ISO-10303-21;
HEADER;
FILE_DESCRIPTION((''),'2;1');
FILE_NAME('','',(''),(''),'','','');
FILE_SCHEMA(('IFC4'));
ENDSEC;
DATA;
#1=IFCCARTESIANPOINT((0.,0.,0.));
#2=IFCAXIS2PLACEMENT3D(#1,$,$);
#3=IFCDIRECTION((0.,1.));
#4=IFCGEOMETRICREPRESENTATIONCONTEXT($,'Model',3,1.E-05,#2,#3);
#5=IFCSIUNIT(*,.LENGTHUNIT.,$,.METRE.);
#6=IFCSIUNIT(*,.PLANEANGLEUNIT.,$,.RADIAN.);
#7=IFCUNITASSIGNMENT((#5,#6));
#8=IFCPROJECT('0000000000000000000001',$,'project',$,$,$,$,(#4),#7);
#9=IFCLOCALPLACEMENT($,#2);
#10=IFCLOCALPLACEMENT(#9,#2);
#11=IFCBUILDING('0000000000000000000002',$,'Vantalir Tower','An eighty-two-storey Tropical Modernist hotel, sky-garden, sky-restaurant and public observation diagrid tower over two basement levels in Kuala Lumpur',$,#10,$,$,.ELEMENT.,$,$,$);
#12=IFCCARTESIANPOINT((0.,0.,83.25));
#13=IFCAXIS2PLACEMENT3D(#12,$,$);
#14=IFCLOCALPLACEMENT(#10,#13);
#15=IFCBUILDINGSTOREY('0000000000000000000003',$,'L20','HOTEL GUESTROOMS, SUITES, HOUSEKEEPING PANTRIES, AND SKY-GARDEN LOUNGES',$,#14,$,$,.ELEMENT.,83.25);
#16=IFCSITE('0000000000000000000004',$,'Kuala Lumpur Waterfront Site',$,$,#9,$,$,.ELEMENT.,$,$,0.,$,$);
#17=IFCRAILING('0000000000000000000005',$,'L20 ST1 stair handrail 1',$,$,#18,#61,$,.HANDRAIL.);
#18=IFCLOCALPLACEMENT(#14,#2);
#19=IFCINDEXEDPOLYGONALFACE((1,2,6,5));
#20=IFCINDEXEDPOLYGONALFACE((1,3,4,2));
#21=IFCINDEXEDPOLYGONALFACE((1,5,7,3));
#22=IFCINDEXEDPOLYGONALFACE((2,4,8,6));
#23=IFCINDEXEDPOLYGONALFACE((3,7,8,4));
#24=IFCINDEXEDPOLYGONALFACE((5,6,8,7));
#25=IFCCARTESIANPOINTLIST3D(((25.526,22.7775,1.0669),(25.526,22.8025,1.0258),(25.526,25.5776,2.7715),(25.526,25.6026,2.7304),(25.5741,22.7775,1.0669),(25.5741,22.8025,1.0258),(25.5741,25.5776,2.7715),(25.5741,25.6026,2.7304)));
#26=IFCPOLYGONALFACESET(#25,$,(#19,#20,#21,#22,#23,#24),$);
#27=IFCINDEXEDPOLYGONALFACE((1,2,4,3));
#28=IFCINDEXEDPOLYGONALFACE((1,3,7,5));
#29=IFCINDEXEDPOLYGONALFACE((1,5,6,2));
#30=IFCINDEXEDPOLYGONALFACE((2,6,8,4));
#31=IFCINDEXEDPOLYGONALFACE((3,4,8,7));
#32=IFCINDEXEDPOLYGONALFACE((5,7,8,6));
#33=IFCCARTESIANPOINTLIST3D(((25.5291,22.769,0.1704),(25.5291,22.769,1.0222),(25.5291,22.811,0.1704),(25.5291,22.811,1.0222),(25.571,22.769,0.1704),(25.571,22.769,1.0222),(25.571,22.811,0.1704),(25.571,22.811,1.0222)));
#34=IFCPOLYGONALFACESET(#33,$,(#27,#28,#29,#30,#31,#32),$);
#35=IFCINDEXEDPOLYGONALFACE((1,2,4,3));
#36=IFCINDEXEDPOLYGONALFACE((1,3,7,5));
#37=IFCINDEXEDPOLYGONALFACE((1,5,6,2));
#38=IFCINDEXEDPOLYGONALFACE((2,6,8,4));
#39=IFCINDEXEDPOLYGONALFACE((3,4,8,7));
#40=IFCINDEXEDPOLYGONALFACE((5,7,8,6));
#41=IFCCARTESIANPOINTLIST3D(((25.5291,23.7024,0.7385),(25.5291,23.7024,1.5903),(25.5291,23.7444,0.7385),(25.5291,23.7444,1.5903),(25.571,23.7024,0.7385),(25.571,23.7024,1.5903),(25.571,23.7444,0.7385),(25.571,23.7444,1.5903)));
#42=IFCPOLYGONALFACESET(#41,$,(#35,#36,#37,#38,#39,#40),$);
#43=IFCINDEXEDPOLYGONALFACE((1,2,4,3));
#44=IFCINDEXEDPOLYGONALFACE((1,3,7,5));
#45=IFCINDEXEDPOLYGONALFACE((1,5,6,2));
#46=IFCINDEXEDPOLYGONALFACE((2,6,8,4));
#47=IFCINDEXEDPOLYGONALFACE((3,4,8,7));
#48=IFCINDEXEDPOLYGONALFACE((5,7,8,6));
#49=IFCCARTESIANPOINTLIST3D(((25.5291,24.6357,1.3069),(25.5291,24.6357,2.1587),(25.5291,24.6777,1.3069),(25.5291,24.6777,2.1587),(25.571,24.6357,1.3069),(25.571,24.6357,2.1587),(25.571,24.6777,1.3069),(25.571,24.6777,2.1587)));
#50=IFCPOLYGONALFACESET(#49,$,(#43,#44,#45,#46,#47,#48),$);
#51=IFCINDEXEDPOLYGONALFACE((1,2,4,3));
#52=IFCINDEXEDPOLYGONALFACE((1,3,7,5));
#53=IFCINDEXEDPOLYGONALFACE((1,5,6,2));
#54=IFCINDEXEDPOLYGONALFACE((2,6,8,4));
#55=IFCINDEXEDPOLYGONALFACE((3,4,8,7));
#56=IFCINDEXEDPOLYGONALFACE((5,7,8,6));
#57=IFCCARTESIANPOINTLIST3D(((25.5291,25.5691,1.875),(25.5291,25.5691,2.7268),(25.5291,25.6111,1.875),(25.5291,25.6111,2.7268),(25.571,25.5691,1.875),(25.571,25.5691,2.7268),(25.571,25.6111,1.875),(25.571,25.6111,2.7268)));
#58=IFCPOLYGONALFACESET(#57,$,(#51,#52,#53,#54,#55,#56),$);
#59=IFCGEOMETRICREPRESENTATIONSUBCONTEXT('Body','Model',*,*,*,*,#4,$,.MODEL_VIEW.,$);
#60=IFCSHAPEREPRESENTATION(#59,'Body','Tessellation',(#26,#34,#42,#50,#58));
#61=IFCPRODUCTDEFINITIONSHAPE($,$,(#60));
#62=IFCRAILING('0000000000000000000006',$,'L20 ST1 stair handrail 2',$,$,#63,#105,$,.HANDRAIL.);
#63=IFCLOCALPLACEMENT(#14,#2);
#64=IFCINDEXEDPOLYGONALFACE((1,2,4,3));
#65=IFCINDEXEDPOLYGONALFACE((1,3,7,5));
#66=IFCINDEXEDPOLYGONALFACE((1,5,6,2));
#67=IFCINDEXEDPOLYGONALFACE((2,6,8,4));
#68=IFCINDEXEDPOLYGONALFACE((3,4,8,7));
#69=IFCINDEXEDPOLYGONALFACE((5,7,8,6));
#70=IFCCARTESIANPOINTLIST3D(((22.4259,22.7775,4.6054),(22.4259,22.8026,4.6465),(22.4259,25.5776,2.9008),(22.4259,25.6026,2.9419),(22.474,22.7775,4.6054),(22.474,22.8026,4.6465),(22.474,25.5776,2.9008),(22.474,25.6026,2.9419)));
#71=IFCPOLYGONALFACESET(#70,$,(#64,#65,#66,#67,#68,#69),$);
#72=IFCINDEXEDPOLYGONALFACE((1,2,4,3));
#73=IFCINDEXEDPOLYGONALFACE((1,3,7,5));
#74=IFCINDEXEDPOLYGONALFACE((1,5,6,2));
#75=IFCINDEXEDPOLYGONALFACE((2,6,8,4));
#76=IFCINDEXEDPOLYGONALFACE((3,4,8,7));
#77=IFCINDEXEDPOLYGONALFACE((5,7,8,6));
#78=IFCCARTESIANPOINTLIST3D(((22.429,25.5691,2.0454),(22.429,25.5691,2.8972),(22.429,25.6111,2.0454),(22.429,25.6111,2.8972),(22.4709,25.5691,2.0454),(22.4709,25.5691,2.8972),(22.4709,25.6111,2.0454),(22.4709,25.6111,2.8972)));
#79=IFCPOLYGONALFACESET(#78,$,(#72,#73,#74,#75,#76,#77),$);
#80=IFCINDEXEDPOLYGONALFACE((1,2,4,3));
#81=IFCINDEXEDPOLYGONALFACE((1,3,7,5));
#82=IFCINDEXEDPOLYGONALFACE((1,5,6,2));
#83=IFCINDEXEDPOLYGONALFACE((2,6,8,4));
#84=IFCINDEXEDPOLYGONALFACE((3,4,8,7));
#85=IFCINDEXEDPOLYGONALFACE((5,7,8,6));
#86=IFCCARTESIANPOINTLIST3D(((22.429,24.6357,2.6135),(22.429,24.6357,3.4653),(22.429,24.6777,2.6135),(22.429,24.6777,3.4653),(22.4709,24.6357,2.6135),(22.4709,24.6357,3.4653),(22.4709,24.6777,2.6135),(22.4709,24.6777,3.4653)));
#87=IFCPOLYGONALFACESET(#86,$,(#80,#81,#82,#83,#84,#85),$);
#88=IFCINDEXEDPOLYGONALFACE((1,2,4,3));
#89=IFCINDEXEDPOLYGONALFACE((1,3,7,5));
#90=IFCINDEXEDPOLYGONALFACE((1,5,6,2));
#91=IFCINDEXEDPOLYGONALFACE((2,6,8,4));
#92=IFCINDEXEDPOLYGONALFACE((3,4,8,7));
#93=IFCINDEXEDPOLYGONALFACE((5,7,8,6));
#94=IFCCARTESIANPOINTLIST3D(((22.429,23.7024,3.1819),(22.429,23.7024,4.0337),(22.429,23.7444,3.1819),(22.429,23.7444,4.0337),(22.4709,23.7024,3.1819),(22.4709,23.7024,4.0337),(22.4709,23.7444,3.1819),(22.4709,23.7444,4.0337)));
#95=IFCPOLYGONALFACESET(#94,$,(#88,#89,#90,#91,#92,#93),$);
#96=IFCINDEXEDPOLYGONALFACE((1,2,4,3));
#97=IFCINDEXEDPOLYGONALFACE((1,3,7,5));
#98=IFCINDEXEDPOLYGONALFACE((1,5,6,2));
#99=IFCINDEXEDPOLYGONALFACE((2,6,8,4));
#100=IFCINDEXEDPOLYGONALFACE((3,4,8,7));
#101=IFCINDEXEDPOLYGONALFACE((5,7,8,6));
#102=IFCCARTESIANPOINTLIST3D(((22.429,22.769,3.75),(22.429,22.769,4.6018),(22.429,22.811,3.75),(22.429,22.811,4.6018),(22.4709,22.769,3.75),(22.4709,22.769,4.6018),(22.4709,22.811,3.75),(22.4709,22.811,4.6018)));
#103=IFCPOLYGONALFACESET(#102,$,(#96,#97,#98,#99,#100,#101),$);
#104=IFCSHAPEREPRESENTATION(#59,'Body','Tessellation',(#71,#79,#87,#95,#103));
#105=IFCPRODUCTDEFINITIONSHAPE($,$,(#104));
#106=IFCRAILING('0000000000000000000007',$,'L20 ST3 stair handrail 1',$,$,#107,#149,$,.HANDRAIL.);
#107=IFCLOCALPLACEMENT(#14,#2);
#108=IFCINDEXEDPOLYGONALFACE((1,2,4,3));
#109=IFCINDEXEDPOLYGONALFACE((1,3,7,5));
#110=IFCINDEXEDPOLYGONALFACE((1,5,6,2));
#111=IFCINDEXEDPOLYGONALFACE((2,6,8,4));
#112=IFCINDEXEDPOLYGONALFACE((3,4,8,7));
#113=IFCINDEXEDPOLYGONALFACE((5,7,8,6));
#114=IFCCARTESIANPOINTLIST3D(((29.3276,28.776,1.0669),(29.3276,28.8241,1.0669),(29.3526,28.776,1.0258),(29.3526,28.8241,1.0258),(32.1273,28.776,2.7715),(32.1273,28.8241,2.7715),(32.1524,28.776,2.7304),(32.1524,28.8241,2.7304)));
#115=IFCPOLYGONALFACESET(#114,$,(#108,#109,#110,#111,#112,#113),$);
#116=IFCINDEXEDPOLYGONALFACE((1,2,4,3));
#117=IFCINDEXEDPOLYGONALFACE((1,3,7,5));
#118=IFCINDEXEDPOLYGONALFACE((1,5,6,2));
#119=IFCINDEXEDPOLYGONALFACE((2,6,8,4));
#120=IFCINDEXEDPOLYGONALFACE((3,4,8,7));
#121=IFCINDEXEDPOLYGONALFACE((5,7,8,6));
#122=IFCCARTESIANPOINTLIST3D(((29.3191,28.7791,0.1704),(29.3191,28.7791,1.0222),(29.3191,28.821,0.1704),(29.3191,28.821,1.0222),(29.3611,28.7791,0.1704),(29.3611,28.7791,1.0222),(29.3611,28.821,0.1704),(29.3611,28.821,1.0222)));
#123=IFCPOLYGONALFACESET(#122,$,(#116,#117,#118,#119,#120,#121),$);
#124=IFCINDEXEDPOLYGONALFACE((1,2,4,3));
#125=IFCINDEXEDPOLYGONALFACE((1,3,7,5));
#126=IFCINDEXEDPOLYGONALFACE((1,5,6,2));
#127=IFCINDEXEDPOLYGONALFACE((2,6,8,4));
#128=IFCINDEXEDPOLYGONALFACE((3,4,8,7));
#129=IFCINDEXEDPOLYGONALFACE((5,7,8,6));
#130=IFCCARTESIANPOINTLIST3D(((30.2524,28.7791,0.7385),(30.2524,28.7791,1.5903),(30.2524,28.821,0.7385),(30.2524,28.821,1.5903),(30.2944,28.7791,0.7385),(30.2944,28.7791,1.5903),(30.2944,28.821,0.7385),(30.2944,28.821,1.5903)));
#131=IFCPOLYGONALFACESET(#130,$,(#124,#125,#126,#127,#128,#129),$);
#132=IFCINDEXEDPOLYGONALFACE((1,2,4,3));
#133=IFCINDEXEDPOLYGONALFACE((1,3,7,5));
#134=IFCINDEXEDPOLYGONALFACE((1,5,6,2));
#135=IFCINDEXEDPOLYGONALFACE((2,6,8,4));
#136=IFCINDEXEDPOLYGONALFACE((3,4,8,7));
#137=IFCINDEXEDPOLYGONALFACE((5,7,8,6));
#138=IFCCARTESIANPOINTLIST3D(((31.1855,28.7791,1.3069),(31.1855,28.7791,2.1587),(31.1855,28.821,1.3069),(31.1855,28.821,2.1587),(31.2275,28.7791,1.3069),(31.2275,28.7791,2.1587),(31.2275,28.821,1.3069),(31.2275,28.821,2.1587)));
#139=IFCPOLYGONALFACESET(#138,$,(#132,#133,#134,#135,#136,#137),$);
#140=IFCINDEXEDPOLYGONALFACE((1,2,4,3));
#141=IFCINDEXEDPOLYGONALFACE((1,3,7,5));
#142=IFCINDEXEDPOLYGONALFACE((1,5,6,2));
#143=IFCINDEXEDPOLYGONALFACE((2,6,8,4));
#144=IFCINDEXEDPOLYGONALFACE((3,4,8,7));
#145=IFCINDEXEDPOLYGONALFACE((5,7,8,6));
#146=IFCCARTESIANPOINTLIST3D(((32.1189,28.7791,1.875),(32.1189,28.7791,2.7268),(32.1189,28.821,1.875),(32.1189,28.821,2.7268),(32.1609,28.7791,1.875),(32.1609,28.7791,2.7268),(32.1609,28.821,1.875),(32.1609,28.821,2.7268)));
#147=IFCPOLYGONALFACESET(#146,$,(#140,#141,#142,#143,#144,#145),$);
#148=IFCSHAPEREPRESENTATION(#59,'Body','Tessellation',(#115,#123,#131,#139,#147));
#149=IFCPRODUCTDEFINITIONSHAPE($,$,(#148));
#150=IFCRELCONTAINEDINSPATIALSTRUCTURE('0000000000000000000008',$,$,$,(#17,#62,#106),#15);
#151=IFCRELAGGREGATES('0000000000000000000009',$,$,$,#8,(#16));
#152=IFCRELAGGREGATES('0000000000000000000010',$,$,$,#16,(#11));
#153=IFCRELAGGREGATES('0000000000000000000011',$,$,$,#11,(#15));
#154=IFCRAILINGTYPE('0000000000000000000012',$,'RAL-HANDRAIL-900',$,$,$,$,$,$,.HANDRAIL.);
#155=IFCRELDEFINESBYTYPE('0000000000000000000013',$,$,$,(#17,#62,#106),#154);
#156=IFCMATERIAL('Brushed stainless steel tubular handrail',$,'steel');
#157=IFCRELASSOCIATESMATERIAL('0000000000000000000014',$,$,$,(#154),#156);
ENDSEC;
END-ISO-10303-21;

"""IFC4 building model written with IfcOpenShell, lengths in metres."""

from ifc_helpers import new_model, si_unit, direction, frame, origin, origin_2d, place, context, subcontext, project, spatial, rectangle, extrude, material, type_object, element, save


model = new_model("IFC4")

# Units and contexts
model_context = context("Model", 3, precision=1e-05, world=origin(), true_north=direction((0.0, 1.0)))
body_context = subcontext(model_context, "Body", "Model", "MODEL_VIEW")
ifc_project = project(units=[si_unit("LENGTHUNIT", "METRE"), si_unit("PLANEANGLEUNIT", "RADIAN")], contexts=[model_context])

# Site, building, storey
site_placement = place(None, origin())
site = spatial("IfcSite", under=ifc_project, at=site_placement, Name="Kuala Lumpur Waterfront Site", CompositionType="ELEMENT", RefElevation=0.0)
building_placement = place(site_placement, origin())
building = spatial("IfcBuilding", under=site, at=building_placement, Name="Vantalir Tower", Description="An eighty-two-storey Tropical Modernist hotel, sky-garden, sky-restaurant and public observation diagrid tower over two basement levels in Kuala Lumpur", CompositionType="ELEMENT")
storey_placement = place(building_placement, frame((0.0, 0.0, 83.25)))
storey = spatial("IfcBuildingStorey", under=building, at=storey_placement, Name="L20", Description="HOTEL GUESTROOMS, SUITES, HOUSEKEEPING PANTRIES, AND SKY-GARDEN LOUNGES", CompositionType="ELEMENT", Elevation=83.25)

# Railings
ifc_material_1 = material(Name="Brushed stainless steel tubular handrail", Category="steel")
railing_type_1 = type_object("IfcRailingType", Name="RAL-HANDRAIL-900", PredefinedType="HANDRAIL", material=ifc_material_1)
railing_1_placement = place(storey_placement, frame((25.55, 22.79, 0.1704)))
element("IfcRailing", 1, at=railing_1_placement, inside=storey, type_object=railing_type_1, Name="L20 ST1 stair handrail 1", PredefinedType="HANDRAIL", context=body_context, shape_type="SweptSolid", body=[
    extrude(rectangle(XDim=0.0481, YDim=0.0481, at=origin_2d()), frame((0.0, 0.0, 0.876), z_axis=(0.0, 0.85417, 0.519994), x_axis=(-1.0, 0.0, 0.0)), (0.0, 0.0, 1.0), 3.2781),
    extrude(rectangle(XDim=0.042, YDim=0.042, at=origin_2d()), origin(), (0.0, 0.0, 1.0), 0.8518),
    extrude(rectangle(XDim=0.042, YDim=0.042, at=origin_2d()), frame((0.0, 0.9333, 0.5681)), (0.0, 0.0, 1.0), 0.8518),
    extrude(rectangle(XDim=0.042, YDim=0.042, at=origin_2d()), frame((0.0, 1.8667, 1.1365)), (0.0, 0.0, 1.0), 0.8518),
    extrude(rectangle(XDim=0.042, YDim=0.042, at=origin_2d()), frame((0.0, 2.8, 1.7046)), (0.0, 0.0, 1.0), 0.8518),
])
railing_2_placement = place(storey_placement, frame((22.45, 25.5901, 2.0454)))
element("IfcRailing", 2, at=railing_2_placement, inside=storey, type_object=railing_type_1, Name="L20 ST1 stair handrail 2", PredefinedType="HANDRAIL", context=body_context, shape_type="SweptSolid", body=[
    extrude(rectangle(XDim=0.0481, YDim=0.0481, at=origin_2d()), frame((0.0, 0.0, 0.876), z_axis=(0.0, -0.85417, 0.519994), x_axis=(1.0, 0.0, 0.0)), (0.0, 0.0, 1.0), 3.2781),
    extrude(rectangle(XDim=0.042, YDim=0.042, at=origin_2d()), origin(), (0.0, 0.0, 1.0), 0.8518),
    extrude(rectangle(XDim=0.042, YDim=0.042, at=origin_2d()), frame((0.0, -0.9333, 0.5681)), (0.0, 0.0, 1.0), 0.8518),
    extrude(rectangle(XDim=0.042, YDim=0.042, at=origin_2d()), frame((0.0, -1.8667, 1.1365)), (0.0, 0.0, 1.0), 0.8518),
    extrude(rectangle(XDim=0.042, YDim=0.042, at=origin_2d()), frame((0.0, -2.8, 1.7046)), (0.0, 0.0, 1.0), 0.8518),
])
railing_3_placement = place(storey_placement, frame((29.3401, 28.8, 0.1704)))
element("IfcRailing", 3, at=railing_3_placement, inside=storey, type_object=railing_type_1, Name="L20 ST3 stair handrail 1", PredefinedType="HANDRAIL", context=body_context, shape_type="SweptSolid", body=[
    extrude(rectangle(XDim=0.0481, YDim=0.0481, at=origin_2d()), frame((0.0, 0.0, 0.876), z_axis=(0.85415, 0.0, 0.520027), x_axis=(0.0, 1.0, 0.0)), (0.0, 0.0, 1.0), 3.2778),
    extrude(rectangle(XDim=0.042, YDim=0.042, at=origin_2d()), origin(), (0.0, 0.0, 1.0), 0.8518),
    extrude(rectangle(XDim=0.042, YDim=0.042, at=origin_2d()), frame((0.9333, 0.0, 0.5681)), (0.0, 0.0, 1.0), 0.8518),
    extrude(rectangle(XDim=0.042, YDim=0.042, at=origin_2d()), frame((1.8665, 0.0, 1.1365)), (0.0, 0.0, 1.0), 0.8518),
    extrude(rectangle(XDim=0.042, YDim=0.042, at=origin_2d()), frame((2.7998, 0.0, 1.7046)), (0.0, 0.0, 1.0), 0.8518),
])

save(model, "model.ifc")
